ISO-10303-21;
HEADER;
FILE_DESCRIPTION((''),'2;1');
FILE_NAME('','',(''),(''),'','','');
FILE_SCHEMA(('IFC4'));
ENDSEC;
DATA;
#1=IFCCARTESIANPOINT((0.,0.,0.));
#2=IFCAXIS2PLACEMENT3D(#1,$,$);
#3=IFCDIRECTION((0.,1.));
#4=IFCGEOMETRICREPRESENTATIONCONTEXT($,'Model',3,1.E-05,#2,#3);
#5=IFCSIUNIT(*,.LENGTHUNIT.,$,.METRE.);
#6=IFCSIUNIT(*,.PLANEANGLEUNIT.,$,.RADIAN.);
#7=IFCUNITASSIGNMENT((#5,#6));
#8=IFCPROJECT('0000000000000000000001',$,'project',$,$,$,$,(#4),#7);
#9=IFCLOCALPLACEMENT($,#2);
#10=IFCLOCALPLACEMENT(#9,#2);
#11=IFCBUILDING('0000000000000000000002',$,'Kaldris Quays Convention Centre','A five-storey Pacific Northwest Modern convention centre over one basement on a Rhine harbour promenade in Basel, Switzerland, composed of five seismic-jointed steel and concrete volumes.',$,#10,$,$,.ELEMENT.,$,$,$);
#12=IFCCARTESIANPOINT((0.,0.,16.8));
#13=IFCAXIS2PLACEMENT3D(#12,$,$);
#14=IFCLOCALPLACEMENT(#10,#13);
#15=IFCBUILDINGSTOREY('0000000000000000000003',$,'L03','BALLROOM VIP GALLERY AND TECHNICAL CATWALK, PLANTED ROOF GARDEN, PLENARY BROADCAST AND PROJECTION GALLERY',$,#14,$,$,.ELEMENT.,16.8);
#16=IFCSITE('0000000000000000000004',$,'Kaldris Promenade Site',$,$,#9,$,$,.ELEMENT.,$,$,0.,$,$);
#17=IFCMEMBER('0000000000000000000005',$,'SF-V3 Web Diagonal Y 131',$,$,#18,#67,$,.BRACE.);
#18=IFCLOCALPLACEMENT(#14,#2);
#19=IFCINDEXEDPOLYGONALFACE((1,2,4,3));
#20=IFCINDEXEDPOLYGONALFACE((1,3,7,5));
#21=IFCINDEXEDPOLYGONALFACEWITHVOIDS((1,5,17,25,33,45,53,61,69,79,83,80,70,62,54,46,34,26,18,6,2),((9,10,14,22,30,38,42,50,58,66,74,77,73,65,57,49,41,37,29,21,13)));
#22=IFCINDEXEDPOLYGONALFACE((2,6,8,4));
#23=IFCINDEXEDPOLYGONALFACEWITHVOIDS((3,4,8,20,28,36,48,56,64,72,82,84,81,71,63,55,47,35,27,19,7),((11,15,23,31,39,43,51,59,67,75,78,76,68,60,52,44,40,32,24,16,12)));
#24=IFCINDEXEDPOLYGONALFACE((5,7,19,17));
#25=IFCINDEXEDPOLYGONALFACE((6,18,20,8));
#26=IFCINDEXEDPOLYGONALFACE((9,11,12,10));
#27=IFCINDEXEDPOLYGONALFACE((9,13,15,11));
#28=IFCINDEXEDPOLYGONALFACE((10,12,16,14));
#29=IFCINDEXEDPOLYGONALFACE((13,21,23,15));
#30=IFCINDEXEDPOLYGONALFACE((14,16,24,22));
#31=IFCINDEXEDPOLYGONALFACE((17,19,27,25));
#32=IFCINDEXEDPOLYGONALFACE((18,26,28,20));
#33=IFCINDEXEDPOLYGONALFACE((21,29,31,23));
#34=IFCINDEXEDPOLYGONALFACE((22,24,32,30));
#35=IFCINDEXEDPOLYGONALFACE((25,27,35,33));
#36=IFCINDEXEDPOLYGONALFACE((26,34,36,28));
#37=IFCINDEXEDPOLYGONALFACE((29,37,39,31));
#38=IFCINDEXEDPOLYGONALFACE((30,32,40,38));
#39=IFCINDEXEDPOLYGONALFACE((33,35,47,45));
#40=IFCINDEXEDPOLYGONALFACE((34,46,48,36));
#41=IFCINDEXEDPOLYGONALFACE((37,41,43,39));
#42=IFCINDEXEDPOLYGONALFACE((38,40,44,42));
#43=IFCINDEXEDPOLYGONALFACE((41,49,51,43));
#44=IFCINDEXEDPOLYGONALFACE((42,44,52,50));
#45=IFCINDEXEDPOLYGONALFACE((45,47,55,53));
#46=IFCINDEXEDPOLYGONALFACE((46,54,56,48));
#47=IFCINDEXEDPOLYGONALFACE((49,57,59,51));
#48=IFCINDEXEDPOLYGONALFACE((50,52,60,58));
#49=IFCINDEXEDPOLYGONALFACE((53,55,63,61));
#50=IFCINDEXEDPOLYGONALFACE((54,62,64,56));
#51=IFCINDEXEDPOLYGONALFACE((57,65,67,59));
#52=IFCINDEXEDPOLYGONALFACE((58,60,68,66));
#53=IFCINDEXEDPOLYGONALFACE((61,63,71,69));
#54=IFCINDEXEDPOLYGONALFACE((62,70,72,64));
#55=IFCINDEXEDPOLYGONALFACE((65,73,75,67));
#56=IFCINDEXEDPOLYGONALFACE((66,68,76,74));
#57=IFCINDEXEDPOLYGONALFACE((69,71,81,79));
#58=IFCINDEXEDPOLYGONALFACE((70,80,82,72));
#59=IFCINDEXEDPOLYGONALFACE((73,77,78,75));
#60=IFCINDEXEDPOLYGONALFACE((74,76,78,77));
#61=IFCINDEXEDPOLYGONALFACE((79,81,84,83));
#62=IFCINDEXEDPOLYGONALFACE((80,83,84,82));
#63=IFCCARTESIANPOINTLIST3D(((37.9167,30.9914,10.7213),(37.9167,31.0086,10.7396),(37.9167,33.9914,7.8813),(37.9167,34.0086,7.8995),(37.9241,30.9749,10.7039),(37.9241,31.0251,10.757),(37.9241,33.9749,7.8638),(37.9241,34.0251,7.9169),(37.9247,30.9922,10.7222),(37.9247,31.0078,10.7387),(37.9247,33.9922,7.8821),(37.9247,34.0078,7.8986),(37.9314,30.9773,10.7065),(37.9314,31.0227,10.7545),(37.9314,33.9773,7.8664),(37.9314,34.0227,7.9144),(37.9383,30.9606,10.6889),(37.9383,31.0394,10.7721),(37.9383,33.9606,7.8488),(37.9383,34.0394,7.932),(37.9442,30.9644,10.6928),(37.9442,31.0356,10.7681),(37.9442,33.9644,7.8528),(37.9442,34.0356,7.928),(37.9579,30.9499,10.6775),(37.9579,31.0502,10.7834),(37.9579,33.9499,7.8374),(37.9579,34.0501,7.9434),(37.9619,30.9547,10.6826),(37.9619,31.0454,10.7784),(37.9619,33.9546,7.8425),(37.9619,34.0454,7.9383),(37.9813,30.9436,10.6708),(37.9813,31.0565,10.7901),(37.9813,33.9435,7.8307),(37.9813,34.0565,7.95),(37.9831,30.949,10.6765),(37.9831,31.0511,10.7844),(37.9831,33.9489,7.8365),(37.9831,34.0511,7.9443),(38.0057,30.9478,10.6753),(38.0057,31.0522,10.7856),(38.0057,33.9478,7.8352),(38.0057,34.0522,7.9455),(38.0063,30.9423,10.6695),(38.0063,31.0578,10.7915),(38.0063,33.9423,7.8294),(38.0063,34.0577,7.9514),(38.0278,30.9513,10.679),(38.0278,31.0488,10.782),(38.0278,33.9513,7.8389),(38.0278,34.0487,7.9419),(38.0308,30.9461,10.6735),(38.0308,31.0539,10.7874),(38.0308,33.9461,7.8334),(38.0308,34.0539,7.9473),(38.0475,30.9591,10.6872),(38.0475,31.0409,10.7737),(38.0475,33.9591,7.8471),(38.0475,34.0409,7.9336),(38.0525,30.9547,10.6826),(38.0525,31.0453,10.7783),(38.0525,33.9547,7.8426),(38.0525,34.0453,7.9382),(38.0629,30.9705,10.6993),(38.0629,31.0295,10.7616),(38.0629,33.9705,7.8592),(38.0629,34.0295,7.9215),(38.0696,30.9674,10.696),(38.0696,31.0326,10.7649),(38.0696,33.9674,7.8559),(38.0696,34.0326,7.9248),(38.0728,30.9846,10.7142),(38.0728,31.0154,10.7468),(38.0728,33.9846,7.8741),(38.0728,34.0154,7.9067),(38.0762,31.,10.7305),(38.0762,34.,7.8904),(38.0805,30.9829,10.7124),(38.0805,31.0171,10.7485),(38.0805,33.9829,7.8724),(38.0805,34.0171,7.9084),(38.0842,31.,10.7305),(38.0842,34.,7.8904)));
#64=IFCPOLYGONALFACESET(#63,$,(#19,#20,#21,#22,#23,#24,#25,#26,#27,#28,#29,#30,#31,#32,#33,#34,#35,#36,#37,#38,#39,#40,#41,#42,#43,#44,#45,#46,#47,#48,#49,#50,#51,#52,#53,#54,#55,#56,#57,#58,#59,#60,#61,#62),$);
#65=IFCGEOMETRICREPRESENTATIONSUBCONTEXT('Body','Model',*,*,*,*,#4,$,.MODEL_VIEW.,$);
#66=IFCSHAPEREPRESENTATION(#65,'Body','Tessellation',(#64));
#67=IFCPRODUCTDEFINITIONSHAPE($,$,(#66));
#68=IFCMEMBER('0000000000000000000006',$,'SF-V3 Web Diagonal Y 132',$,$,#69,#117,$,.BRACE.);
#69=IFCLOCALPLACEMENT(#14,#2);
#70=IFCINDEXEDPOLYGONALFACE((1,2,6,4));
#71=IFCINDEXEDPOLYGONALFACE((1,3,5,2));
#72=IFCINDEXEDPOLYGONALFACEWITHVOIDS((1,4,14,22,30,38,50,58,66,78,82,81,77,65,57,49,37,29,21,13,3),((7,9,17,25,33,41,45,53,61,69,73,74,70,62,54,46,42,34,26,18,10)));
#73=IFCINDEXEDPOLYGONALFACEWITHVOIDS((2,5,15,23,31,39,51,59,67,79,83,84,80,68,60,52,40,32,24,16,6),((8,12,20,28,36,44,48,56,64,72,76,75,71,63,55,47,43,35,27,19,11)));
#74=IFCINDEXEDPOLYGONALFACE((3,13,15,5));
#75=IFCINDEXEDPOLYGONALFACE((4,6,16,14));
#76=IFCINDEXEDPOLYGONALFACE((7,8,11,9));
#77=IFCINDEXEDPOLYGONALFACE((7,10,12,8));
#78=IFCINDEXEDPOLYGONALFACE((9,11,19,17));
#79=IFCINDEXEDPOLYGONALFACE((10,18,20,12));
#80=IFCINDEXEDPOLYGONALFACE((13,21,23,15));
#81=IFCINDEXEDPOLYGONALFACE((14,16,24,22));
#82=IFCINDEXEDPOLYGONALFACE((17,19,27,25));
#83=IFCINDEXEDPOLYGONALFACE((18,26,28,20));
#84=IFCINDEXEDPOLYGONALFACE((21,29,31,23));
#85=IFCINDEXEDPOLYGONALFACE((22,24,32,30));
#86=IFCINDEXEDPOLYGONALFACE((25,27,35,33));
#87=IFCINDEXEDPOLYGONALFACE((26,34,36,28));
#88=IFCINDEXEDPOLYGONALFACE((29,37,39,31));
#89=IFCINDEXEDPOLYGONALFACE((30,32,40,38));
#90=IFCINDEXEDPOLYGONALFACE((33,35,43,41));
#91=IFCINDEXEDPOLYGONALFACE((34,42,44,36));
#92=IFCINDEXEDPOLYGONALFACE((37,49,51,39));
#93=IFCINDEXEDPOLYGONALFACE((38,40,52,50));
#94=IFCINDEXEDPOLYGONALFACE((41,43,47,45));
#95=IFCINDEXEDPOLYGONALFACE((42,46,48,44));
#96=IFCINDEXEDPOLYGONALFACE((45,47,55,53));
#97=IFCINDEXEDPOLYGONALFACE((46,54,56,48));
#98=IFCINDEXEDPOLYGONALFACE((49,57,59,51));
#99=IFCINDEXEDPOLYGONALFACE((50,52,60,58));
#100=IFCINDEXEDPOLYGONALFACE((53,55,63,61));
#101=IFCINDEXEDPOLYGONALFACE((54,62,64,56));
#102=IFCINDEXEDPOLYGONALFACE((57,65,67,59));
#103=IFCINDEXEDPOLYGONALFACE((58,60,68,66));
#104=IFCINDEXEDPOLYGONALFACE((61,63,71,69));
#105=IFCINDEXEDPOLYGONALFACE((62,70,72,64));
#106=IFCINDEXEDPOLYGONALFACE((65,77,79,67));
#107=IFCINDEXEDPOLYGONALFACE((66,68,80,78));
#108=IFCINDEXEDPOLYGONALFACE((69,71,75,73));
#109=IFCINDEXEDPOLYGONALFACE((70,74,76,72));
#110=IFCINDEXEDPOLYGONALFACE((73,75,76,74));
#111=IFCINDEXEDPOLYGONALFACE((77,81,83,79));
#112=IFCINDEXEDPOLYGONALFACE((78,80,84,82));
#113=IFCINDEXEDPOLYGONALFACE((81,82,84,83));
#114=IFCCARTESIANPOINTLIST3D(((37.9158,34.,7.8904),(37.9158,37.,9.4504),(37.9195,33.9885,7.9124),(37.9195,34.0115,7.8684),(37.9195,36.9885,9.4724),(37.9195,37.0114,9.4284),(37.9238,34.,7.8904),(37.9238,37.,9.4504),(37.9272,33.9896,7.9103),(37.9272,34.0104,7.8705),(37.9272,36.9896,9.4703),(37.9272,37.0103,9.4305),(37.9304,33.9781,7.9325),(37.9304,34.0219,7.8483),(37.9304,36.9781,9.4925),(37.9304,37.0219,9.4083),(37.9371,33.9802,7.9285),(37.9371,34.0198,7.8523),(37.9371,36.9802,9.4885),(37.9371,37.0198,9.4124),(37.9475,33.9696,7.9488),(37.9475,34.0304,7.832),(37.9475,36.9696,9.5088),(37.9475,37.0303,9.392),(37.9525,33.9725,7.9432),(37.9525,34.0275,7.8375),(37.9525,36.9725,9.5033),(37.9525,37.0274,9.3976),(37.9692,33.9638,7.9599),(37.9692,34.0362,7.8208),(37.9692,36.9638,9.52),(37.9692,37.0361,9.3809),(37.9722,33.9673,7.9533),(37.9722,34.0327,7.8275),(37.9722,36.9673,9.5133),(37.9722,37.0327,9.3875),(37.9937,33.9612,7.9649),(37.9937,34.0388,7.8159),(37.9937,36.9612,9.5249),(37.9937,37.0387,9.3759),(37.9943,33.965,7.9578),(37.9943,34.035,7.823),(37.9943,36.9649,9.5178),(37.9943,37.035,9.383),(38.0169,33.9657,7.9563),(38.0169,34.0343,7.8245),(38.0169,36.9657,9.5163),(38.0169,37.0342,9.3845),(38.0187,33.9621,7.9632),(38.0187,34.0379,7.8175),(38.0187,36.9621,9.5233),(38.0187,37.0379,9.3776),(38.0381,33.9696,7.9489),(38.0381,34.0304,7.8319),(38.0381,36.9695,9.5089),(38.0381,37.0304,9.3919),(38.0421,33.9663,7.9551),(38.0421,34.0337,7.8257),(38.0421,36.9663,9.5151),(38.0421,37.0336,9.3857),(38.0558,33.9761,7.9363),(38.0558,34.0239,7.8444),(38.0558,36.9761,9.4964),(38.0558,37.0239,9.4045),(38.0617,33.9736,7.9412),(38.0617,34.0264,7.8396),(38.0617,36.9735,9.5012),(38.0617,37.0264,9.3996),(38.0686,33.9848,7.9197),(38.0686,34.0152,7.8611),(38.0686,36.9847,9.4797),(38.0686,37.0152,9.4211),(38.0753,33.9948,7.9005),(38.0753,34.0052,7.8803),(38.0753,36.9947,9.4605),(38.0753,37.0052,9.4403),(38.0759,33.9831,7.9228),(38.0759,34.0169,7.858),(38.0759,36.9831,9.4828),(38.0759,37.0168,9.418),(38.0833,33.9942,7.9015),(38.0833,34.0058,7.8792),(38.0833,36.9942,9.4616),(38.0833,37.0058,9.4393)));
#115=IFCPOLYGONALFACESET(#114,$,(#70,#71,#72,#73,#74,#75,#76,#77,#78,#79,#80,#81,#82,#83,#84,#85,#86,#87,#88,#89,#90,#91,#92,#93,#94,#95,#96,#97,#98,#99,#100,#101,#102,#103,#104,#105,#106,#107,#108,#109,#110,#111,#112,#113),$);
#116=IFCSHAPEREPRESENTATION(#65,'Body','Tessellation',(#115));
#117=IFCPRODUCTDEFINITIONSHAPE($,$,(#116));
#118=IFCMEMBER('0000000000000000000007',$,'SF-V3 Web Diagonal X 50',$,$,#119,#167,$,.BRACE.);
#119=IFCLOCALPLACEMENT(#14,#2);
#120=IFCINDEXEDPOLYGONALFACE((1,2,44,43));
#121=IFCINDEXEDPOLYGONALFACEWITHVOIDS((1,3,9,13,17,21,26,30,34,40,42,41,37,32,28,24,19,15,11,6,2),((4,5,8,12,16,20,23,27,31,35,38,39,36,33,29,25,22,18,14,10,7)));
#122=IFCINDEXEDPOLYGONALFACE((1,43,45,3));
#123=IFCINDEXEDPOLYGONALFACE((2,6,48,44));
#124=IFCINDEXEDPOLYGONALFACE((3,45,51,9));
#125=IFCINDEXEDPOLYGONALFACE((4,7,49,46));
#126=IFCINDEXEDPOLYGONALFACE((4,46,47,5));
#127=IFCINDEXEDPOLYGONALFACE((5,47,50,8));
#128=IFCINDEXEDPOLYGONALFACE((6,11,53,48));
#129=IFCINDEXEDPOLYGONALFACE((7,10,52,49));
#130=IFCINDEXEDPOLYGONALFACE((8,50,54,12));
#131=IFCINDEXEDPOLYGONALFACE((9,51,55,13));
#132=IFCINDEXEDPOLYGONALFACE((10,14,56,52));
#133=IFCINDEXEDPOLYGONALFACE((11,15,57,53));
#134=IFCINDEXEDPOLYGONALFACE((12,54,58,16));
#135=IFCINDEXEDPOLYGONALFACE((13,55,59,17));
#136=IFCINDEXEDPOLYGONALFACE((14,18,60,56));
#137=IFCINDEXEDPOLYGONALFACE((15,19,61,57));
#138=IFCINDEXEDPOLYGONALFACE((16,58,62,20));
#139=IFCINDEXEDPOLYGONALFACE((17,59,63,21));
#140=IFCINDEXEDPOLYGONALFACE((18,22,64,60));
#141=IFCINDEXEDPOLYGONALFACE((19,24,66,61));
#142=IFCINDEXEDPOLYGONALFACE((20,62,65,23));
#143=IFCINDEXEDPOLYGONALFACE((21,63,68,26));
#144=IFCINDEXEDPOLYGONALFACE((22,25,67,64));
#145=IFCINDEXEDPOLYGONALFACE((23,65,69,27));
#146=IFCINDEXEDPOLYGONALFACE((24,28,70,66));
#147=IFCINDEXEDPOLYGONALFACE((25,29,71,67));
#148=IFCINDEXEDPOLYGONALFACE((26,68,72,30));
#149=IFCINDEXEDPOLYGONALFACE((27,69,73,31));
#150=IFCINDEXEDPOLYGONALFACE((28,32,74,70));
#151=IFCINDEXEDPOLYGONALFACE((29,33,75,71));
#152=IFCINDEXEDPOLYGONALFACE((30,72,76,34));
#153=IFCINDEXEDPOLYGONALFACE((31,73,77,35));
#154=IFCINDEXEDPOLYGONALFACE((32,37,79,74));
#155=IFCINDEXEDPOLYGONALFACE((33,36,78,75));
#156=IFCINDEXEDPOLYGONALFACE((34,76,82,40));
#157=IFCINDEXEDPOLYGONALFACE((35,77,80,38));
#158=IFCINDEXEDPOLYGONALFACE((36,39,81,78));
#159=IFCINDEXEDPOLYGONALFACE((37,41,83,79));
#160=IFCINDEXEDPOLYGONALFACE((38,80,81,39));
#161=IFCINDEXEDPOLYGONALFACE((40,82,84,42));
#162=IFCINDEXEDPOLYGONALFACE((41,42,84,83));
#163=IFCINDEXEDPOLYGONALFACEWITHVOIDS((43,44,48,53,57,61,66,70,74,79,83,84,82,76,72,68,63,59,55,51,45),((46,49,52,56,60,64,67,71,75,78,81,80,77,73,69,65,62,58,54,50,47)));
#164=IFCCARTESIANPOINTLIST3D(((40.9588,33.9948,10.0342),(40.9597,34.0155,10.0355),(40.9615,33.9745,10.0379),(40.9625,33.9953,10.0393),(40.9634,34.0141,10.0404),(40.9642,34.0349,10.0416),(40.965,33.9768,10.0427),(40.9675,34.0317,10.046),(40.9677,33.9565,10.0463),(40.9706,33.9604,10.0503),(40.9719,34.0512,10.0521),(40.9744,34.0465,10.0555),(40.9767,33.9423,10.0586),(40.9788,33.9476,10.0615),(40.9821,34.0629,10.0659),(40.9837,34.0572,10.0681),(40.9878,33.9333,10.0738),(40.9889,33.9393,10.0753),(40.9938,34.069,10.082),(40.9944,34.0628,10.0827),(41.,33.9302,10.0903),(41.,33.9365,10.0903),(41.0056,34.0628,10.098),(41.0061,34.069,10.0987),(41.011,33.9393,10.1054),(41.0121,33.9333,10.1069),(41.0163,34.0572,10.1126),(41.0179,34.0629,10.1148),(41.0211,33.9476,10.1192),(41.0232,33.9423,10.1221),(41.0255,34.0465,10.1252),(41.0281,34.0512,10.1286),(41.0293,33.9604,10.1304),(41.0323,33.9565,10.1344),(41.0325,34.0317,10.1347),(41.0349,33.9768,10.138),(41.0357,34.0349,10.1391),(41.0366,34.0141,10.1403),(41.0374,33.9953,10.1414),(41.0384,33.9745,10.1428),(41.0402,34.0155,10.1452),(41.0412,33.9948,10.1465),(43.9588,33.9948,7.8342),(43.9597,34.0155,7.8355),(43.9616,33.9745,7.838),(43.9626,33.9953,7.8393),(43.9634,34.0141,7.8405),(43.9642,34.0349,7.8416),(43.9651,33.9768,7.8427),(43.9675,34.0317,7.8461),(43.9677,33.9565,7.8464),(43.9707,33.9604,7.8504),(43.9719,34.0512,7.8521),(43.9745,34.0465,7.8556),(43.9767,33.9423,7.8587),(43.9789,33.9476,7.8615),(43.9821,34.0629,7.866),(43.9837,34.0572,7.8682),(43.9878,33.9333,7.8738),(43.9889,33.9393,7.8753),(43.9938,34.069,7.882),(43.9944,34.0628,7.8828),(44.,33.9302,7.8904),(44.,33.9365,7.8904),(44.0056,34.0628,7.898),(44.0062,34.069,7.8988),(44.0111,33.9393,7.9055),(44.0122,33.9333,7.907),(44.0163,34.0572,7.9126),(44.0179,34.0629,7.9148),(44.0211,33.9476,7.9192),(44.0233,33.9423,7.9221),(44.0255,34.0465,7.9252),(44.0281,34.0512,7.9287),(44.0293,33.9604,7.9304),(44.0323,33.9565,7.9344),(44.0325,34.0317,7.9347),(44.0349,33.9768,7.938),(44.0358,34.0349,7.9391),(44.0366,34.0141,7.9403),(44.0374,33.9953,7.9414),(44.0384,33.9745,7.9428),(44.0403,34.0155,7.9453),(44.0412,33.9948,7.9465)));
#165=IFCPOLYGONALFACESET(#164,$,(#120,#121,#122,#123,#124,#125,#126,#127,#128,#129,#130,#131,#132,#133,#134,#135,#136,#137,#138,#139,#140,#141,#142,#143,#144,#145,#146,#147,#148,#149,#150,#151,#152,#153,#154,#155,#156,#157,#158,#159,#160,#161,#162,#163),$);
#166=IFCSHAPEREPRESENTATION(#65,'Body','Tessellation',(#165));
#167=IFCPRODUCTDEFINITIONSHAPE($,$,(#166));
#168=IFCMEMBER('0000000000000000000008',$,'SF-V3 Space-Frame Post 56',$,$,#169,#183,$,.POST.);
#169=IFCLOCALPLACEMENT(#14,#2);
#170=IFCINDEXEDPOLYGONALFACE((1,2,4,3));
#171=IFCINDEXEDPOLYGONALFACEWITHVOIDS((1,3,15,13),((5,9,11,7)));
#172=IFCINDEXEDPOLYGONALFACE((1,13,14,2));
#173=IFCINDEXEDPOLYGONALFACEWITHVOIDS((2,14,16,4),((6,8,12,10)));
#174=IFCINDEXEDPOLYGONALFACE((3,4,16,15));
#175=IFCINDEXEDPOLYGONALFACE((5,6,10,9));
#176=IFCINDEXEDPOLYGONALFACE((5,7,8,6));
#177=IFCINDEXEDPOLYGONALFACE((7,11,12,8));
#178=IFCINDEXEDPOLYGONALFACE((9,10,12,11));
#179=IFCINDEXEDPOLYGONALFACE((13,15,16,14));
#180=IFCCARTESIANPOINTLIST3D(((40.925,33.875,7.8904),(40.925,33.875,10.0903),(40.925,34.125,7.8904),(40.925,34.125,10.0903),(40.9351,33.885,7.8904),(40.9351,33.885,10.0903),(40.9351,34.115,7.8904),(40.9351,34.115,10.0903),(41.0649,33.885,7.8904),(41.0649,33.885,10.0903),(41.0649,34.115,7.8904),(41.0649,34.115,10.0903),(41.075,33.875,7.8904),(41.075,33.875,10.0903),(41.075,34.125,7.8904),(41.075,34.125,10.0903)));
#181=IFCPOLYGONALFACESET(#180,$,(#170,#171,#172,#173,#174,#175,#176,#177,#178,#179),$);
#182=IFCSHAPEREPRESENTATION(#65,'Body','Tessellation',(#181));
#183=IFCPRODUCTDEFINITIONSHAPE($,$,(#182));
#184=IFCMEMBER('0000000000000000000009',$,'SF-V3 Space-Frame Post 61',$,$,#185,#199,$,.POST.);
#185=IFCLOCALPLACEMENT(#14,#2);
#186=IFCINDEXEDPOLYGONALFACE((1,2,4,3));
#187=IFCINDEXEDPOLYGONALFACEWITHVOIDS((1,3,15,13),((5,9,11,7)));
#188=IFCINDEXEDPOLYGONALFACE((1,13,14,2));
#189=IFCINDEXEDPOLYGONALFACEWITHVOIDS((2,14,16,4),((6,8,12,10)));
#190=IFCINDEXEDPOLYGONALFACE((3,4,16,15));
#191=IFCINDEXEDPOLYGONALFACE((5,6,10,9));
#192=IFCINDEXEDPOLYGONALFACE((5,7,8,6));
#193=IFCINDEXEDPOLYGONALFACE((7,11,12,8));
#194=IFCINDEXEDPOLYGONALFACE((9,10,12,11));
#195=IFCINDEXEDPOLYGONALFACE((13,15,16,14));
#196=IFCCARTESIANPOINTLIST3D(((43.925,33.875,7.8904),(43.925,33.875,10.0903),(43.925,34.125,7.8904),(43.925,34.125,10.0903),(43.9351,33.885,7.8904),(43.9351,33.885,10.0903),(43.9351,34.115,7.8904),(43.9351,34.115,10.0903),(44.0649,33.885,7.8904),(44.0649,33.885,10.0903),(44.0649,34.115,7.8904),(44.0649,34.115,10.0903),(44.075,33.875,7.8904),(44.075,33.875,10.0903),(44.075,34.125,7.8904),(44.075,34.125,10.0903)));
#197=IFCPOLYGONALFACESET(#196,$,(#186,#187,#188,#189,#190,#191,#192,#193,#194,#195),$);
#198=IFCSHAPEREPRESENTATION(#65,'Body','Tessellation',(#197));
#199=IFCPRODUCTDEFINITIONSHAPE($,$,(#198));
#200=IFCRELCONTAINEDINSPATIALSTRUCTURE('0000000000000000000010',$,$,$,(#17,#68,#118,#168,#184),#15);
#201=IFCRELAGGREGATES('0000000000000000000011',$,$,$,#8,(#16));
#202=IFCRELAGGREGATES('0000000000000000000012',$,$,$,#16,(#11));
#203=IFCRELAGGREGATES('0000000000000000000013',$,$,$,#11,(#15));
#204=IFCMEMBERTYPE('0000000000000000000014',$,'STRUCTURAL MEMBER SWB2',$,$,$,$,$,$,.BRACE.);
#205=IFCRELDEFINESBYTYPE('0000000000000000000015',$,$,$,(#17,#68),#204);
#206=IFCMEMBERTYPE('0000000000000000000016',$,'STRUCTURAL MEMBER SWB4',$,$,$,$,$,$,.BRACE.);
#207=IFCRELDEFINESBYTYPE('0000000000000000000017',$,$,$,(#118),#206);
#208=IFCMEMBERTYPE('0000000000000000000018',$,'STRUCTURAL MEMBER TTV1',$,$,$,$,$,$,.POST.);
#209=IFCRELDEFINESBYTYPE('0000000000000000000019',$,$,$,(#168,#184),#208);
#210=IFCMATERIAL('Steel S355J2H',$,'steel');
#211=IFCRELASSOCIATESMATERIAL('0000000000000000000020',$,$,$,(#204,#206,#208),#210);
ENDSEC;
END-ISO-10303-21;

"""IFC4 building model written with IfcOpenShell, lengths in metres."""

from ifc_helpers import new_model, si_unit, direction, frame, origin, origin_2d, place, context, subcontext, project, spatial, hollow_rectangle, hollow_circle, extrude, material, material_profile, profile_set, type_object, element, save


model = new_model("IFC4")

# Units and contexts
model_context = context("Model", 3, precision=1e-05, world=origin(), true_north=direction((0.0, 1.0)))
body_context = subcontext(model_context, "Body", "Model", "MODEL_VIEW")
ifc_project = project(units=[si_unit("LENGTHUNIT", "METRE"), si_unit("PLANEANGLEUNIT", "RADIAN")], contexts=[model_context])

# Site, building, storey
site_placement = place(None, origin())
site = spatial("IfcSite", under=ifc_project, at=site_placement, Name="Kaldris Promenade Site", CompositionType="ELEMENT", RefElevation=0.0)
building_placement = place(site_placement, origin())
building = spatial("IfcBuilding", under=site, at=building_placement, Name="Kaldris Quays Convention Centre", Description="A five-storey Pacific Northwest Modern convention centre over one basement on a Rhine harbour promenade in Basel, Switzerland, composed of five seismic-jointed steel and concrete volumes.", CompositionType="ELEMENT")
storey_placement = place(building_placement, frame((0.0, 0.0, 16.8)))
storey = spatial("IfcBuildingStorey", under=building, at=storey_placement, Name="L03", Description="BALLROOM VIP GALLERY AND TECHNICAL CATWALK, PLANTED ROOF GARDEN, PLENARY BROADCAST AND PROJECTION GALLERY", CompositionType="ELEMENT", Elevation=16.8)

# Members
ifc_material_1 = material(Name="Steel S355J2H", Category="steel")
ifc_material_profile_1 = material_profile(ifc_material_1, hollow_circle(Radius=0.0842, WallThickness=0.0081, at=origin_2d()), Name="CHS 168.3x8")
ifc_profile_set_1 = profile_set([ifc_material_profile_1], Name="Steel S355J2H")
member_type_1 = type_object("IfcMemberType", Name="STRUCTURAL MEMBER SWB2", PredefinedType="BRACE", material=ifc_profile_set_1)
member_1_placement = place(storey_placement, frame((38.0, 34.0, 7.8904), z_axis=(0.0, -0.726196, 0.687487), x_axis=(1.0, 0.0, 0.0)))
element("IfcMember", 1, at=member_1_placement, inside=storey, type_object=member_type_1, Name="SF-V3 Web Diagonal Y 131", PredefinedType="BRACE", context=body_context, shape_type="SweptSolid", body=[
    extrude(hollow_circle(Radius=0.0842, WallThickness=0.0081, at=origin_2d()), origin(), (0.0, 0.0, 1.0), 4.1311),
])
member_2_placement = place(storey_placement, frame((38.0, 34.0, 7.8904), z_axis=(0.0, 0.88721, 0.461366), x_axis=(-1.0, 0.0, 0.0)))
element("IfcMember", 2, at=member_2_placement, inside=storey, type_object=member_type_1, Name="SF-V3 Web Diagonal Y 132", PredefinedType="BRACE", context=body_context, shape_type="SweptSolid", body=[
    extrude(hollow_circle(Radius=0.0842, WallThickness=0.0081, at=origin_2d()), origin(), (0.0, 0.0, 1.0), 3.3813),
])
ifc_material_profile_2 = material_profile(ifc_material_1, hollow_circle(Radius=0.0698, WallThickness=0.0063, at=origin_2d()), Name="CHS 139.7x6.3")
ifc_profile_set_2 = profile_set([ifc_material_profile_2], Name="Steel S355J2H")
member_type_2 = type_object("IfcMemberType", Name="STRUCTURAL MEMBER SWB4", PredefinedType="BRACE", material=ifc_profile_set_2)
member_3_placement = place(storey_placement, frame((44.0, 34.0, 7.8904), z_axis=(-0.806411, 0.0, 0.591355), x_axis=(0.0, -1.0, 0.0)))
element("IfcMember", 3, at=member_3_placement, inside=storey, type_object=member_type_2, Name="SF-V3 Web Diagonal X 50", PredefinedType="BRACE", context=body_context, shape_type="SweptSolid", body=[
    extrude(hollow_circle(Radius=0.0698, WallThickness=0.0063, at=origin_2d()), origin(), (0.0, 0.0, 1.0), 3.7202),
])
ifc_material_profile_3 = material_profile(ifc_material_1, hollow_rectangle(XDim=0.1499, YDim=0.25, WallThickness=0.01, at=origin_2d()), Name="RHS 250x150x10")
ifc_profile_set_3 = profile_set([ifc_material_profile_3], Name="Steel S355J2H")
member_type_3 = type_object("IfcMemberType", Name="STRUCTURAL MEMBER TTV1", PredefinedType="POST", material=ifc_profile_set_3)
for number, where, z_axis, x_axis, name in (
    (4, (41.0, 34.0, 7.8904), (0.0, 0.0, 1.0), (1.0, 0.0, 0.0), "SF-V3 Space-Frame Post 56"),
    (5, (44.0, 34.0, 7.8904), (0.0, 0.0, 1.0), (1.0, 0.0, 0.0), "SF-V3 Space-Frame Post 61"),
):
    element("IfcMember", number, at=place(storey_placement, frame(where, z_axis=z_axis, x_axis=x_axis)), inside=storey, type_object=member_type_3, Name=name, PredefinedType="POST", context=body_context, shape_type="SweptSolid", body=[
        extrude(hollow_rectangle(XDim=0.1499, YDim=0.25, WallThickness=0.01, at=origin_2d()), origin(), (0.0, 0.0, 1.0), 2.2),
    ])

save(model, "model.ifc")
